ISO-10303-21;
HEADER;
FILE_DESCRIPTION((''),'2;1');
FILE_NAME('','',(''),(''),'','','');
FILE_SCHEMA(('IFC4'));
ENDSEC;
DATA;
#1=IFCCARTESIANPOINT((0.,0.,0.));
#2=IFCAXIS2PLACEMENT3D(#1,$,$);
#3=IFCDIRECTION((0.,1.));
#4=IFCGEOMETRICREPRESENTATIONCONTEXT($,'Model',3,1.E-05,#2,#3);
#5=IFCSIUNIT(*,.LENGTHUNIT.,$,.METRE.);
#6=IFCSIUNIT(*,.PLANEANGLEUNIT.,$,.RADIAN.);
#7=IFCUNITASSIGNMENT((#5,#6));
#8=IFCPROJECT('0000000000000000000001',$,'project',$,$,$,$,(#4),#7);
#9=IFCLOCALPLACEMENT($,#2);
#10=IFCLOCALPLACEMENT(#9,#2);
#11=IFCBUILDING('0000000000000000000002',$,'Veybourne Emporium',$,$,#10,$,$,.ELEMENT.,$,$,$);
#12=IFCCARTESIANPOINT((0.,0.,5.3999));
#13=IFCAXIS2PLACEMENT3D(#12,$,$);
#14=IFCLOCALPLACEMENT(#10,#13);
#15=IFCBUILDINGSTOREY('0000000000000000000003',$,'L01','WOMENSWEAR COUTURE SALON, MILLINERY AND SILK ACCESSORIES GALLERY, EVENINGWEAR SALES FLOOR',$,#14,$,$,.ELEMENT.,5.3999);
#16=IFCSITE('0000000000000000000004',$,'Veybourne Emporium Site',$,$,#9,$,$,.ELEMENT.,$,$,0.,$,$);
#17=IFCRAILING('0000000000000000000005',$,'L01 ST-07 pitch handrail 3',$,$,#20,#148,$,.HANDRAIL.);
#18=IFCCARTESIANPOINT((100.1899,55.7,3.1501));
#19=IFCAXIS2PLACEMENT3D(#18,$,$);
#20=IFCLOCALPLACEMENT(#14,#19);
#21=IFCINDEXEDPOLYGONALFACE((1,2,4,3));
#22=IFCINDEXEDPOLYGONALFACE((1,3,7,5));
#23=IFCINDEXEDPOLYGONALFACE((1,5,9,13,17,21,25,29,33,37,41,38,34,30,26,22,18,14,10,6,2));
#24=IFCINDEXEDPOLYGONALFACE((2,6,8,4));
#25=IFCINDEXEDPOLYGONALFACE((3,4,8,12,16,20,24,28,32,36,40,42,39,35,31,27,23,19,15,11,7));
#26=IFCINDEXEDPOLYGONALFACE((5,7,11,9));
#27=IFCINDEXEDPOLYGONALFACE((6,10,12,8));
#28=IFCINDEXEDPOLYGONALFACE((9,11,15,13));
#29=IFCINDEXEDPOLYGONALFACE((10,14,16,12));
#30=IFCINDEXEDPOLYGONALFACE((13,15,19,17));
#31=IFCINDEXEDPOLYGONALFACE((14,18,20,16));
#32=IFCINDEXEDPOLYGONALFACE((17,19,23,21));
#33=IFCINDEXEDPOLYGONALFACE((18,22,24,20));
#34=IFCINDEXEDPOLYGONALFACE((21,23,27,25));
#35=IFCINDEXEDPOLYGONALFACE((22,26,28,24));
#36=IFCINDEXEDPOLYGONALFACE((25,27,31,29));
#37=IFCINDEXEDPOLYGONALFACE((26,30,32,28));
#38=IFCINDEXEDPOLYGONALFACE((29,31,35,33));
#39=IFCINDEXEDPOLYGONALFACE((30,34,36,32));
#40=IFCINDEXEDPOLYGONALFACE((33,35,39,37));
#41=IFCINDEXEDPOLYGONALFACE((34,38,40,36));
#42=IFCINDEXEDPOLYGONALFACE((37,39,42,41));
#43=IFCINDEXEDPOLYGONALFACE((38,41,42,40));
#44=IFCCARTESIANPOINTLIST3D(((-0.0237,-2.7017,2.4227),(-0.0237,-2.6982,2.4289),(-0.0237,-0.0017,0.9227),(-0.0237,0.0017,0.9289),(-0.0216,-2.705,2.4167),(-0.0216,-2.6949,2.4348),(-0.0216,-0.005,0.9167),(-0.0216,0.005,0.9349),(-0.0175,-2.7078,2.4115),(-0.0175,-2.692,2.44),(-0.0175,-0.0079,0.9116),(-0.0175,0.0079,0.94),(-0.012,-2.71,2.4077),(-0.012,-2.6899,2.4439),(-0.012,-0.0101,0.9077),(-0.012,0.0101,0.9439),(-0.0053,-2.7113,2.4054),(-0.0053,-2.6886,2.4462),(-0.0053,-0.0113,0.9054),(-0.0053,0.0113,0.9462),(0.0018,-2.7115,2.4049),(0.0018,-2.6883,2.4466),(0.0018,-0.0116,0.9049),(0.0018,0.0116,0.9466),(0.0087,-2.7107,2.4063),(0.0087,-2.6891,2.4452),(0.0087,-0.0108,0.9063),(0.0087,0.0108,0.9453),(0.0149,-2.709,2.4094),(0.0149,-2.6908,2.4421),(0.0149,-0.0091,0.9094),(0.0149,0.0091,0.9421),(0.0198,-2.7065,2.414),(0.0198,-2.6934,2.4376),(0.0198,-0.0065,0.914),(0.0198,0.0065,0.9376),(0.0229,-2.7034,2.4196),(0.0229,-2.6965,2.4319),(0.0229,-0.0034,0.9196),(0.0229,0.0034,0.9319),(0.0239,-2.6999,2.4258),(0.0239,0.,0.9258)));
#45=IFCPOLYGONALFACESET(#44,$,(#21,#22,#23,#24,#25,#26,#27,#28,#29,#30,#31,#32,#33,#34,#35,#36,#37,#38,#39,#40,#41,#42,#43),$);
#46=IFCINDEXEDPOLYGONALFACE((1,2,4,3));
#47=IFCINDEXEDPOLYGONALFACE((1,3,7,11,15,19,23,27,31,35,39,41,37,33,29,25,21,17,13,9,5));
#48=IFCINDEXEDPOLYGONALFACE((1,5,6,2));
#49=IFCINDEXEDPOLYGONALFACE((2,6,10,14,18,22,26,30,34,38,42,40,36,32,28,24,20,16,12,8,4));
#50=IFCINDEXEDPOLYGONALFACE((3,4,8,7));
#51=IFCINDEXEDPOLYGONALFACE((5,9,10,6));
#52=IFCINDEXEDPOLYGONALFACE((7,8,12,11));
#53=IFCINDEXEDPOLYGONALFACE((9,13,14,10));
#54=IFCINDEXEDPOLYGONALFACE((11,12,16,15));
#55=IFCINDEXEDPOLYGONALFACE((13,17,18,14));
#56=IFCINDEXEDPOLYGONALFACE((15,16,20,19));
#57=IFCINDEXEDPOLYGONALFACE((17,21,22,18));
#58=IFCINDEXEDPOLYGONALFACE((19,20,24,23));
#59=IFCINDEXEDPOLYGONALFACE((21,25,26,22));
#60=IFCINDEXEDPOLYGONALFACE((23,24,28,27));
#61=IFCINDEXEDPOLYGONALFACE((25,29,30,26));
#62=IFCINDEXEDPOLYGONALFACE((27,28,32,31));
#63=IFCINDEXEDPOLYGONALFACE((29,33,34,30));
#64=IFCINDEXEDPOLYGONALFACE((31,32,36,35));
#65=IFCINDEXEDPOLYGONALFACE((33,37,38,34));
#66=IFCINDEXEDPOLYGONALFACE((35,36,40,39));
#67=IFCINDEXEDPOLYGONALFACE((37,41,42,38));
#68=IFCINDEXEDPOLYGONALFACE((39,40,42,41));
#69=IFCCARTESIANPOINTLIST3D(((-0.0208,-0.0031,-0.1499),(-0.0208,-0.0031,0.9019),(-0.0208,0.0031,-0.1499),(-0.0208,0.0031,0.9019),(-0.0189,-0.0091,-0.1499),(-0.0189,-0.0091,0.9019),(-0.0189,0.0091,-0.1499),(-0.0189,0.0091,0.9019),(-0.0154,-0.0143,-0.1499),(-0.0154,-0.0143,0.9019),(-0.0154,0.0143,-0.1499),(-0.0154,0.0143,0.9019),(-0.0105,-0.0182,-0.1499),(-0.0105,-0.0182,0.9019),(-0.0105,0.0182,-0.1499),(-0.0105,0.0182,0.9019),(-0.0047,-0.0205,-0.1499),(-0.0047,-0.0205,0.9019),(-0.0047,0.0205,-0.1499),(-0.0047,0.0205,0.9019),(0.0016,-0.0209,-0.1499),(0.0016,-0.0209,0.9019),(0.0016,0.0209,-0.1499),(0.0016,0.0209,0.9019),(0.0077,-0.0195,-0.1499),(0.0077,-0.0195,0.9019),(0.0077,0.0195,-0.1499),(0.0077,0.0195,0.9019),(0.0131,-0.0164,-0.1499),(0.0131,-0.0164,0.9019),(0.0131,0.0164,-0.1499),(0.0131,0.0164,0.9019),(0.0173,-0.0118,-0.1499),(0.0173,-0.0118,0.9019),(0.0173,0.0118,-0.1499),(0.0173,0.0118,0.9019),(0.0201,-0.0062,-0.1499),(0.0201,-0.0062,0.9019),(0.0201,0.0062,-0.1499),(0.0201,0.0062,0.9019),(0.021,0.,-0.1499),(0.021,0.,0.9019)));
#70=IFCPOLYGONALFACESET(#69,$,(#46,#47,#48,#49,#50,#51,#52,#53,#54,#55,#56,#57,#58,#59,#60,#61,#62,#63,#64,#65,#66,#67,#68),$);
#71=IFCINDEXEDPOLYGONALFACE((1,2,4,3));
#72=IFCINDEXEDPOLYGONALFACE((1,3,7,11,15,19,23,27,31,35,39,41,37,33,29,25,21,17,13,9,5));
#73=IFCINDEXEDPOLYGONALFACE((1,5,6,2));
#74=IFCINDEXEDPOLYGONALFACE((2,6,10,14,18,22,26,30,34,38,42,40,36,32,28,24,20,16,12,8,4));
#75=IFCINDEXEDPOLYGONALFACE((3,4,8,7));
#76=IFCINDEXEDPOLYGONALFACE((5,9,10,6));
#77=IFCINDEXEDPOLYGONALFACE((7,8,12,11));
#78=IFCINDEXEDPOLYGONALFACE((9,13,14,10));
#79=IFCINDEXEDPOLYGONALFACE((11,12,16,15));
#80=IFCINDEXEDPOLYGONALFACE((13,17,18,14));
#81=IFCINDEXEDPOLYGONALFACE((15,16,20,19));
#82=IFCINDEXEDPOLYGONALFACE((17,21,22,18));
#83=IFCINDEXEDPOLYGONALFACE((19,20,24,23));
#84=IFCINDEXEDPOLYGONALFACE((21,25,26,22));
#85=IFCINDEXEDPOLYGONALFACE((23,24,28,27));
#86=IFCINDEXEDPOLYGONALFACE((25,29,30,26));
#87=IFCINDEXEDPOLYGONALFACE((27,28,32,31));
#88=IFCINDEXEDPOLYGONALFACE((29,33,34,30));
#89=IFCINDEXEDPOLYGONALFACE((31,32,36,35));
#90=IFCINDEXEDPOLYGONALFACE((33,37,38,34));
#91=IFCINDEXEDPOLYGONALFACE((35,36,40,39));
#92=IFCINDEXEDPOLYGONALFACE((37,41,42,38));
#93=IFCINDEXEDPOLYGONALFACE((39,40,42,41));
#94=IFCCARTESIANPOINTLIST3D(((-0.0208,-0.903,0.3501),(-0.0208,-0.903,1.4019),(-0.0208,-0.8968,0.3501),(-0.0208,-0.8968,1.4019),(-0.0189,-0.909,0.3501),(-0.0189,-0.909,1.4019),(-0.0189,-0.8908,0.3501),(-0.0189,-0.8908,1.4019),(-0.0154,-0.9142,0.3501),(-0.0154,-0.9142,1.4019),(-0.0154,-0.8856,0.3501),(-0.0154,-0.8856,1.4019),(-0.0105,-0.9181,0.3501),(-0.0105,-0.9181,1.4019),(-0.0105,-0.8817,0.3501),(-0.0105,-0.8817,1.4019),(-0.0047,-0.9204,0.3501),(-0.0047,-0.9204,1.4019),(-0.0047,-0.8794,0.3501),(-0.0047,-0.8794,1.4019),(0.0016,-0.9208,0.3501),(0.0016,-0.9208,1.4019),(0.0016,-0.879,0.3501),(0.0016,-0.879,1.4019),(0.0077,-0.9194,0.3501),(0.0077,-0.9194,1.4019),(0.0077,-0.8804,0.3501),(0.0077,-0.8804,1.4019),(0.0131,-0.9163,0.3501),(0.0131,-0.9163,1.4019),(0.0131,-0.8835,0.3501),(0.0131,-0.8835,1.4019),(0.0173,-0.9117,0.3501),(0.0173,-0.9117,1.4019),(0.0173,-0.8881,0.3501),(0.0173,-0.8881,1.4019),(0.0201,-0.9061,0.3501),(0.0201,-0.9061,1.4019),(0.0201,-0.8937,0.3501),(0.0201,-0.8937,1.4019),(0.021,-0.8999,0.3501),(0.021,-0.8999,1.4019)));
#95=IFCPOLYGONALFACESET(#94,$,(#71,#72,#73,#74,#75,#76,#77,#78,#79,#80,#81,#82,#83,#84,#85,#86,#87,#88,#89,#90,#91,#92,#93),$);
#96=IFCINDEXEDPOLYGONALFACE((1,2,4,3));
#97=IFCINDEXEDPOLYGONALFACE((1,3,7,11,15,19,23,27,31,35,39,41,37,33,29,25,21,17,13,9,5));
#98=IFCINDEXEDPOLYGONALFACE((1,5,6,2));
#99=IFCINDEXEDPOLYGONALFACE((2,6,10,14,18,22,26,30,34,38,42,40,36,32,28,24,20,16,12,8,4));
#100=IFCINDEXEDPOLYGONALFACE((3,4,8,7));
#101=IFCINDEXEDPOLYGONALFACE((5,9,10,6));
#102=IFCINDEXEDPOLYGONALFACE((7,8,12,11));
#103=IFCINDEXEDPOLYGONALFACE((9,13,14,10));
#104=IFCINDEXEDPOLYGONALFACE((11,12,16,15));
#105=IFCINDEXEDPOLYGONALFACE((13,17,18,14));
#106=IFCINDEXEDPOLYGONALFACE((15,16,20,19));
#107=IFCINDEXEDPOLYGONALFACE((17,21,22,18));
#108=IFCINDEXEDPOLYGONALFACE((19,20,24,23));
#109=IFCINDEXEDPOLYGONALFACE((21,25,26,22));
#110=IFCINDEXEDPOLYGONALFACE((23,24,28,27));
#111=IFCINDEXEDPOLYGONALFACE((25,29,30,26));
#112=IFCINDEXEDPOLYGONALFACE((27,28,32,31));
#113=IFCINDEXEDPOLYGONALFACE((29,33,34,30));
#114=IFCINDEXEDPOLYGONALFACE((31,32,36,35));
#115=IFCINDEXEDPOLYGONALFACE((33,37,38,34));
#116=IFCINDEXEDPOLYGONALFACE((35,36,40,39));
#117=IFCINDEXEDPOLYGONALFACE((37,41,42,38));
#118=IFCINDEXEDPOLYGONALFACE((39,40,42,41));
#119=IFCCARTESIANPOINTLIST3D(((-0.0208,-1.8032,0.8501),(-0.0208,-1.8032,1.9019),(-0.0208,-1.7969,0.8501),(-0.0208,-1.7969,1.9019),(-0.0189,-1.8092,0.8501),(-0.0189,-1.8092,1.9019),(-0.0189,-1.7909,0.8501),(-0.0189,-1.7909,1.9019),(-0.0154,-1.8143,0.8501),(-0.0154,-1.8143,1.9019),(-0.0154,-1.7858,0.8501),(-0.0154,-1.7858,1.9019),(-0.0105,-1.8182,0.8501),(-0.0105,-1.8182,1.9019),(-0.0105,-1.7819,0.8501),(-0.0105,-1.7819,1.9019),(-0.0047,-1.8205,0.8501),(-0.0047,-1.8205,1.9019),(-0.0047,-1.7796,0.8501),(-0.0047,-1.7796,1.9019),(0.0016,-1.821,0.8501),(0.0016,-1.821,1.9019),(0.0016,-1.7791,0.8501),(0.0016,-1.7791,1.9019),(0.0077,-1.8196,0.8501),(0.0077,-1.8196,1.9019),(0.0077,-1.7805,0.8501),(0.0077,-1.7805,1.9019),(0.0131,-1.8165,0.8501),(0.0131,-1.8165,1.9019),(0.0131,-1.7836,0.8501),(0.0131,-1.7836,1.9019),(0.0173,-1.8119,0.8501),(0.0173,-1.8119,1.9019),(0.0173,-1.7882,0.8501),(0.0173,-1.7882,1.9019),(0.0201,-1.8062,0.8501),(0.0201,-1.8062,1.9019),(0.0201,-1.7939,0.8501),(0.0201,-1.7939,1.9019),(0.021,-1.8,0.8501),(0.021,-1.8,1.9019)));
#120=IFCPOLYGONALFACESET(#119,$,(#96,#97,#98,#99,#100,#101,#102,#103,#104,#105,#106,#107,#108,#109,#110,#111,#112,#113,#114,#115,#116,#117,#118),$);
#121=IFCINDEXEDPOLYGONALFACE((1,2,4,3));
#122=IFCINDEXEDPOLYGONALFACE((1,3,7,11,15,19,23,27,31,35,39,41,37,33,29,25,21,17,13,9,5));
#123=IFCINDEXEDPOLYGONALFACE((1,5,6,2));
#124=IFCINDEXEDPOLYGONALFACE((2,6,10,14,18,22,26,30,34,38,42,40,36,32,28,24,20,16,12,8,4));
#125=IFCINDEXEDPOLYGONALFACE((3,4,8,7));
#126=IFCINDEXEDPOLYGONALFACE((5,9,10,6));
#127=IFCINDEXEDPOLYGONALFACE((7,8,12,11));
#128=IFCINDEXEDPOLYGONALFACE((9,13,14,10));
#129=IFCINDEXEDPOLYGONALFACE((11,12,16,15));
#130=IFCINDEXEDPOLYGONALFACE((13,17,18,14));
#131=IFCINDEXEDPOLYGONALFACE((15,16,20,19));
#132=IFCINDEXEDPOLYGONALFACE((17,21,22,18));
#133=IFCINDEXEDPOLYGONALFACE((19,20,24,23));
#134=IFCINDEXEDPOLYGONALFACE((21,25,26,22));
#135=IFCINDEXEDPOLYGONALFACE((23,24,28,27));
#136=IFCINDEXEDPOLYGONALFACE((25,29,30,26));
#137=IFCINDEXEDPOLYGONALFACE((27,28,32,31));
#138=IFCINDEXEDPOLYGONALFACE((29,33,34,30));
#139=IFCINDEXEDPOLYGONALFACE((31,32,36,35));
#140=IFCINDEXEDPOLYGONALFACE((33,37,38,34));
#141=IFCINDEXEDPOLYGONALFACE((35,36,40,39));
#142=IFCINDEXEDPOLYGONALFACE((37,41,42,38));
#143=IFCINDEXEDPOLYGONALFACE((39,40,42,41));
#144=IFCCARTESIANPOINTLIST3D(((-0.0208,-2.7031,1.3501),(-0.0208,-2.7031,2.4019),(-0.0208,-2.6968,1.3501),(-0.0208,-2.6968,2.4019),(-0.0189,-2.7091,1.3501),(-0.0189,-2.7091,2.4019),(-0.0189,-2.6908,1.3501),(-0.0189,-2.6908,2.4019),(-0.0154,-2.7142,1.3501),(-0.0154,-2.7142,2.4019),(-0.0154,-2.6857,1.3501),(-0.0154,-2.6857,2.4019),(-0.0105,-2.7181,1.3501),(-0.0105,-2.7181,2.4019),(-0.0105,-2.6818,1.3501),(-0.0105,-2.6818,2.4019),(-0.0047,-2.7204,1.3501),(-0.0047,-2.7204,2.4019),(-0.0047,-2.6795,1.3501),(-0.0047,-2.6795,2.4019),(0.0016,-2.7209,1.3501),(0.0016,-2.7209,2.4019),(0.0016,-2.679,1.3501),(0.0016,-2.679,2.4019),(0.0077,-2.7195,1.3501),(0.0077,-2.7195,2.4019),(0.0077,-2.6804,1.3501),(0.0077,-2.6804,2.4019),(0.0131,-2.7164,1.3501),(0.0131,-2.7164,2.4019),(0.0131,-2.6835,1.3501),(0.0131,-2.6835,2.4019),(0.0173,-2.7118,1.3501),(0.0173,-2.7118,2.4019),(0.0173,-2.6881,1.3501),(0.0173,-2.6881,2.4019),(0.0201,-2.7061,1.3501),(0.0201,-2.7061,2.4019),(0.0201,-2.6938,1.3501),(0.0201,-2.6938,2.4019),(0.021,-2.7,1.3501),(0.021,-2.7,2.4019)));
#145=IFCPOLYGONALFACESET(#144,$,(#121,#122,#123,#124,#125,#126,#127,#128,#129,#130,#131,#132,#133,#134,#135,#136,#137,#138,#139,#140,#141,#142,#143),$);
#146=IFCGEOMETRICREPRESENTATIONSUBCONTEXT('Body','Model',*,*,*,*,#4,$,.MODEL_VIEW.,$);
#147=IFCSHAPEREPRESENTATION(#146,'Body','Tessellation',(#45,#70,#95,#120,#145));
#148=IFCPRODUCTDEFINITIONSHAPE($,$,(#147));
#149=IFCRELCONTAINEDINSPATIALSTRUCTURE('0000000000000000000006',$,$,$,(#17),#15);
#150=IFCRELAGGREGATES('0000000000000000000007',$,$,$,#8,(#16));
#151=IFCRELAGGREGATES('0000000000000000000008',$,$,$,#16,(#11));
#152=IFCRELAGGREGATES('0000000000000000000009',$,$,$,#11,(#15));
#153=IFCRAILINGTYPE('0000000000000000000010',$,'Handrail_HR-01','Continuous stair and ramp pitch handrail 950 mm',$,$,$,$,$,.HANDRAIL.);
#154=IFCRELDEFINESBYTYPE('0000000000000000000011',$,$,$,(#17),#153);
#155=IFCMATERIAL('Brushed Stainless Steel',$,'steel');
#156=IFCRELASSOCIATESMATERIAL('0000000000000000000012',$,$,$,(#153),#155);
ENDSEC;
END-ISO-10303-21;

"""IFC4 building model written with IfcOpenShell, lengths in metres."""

from ifc_helpers import new_model, si_unit, direction, frame, origin, origin_2d, place, context, subcontext, project, spatial, circle, extrude, material, type_object, element, save


model = new_model("IFC4")

# Units and contexts
model_context = context("Model", 3, precision=1e-05, world=origin(), true_north=direction((0.0, 1.0)))
body_context = subcontext(model_context, "Body", "Model", "MODEL_VIEW")
ifc_project = project(units=[si_unit("LENGTHUNIT", "METRE"), si_unit("PLANEANGLEUNIT", "RADIAN")], contexts=[model_context])

# Site, building, storey
site_placement = place(None, origin())
site = spatial("IfcSite", under=ifc_project, at=site_placement, Name="Veybourne Emporium Site", CompositionType="ELEMENT", RefElevation=0.0)
building_placement = place(site_placement, origin())
building = spatial("IfcBuilding", under=site, at=building_placement, Name="Veybourne Emporium", CompositionType="ELEMENT")
storey_placement = place(building_placement, frame((0.0, 0.0, 5.3999)))
storey = spatial("IfcBuildingStorey", under=building, at=storey_placement, Name="L01", Description="WOMENSWEAR COUTURE SALON, MILLINERY AND SILK ACCESSORIES GALLERY, EVENINGWEAR SALES FLOOR", CompositionType="ELEMENT", Elevation=5.3999)

# Railing
ifc_material_1 = material(Name="Brushed Stainless Steel", Category="steel")
railing_type_1 = type_object("IfcRailingType", Name="Handrail_HR-01", Description="Continuous stair and ramp pitch handrail 950 mm", PredefinedType="HANDRAIL", material=ifc_material_1)
railing_1_placement = place(storey_placement, frame((100.1899, 55.7, 3.1501)))
element("IfcRailing", 1, at=railing_1_placement, inside=storey, type_object=railing_type_1, Name="L01 ST-07 pitch handrail 3", PredefinedType="HANDRAIL", context=body_context, shape_type="SweptSolid", body=[
    extrude(circle(Radius=0.0239, at=origin_2d()), frame((0.0, 0.0, 0.9258), z_axis=(0.0, -0.874154, 0.48565), x_axis=(1.0, 0.0, 0.0)), (0.0, 0.0, 1.0), 3.0886),
    extrude(circle(Radius=0.021, at=origin_2d()), frame((0.0, 0.0, -0.1499)), (0.0, 0.0, 1.0), 1.0518),
    extrude(circle(Radius=0.021, at=origin_2d()), frame((0.0, -0.8999, 0.3501)), (0.0, 0.0, 1.0), 1.0518),
    extrude(circle(Radius=0.021, at=origin_2d()), frame((0.0, -1.8, 0.8501)), (0.0, 0.0, 1.0), 1.0518),
    extrude(circle(Radius=0.021, at=origin_2d()), frame((0.0, -2.7, 1.3501)), (0.0, 0.0, 1.0), 1.0518),
])

save(model, "model.ifc")
